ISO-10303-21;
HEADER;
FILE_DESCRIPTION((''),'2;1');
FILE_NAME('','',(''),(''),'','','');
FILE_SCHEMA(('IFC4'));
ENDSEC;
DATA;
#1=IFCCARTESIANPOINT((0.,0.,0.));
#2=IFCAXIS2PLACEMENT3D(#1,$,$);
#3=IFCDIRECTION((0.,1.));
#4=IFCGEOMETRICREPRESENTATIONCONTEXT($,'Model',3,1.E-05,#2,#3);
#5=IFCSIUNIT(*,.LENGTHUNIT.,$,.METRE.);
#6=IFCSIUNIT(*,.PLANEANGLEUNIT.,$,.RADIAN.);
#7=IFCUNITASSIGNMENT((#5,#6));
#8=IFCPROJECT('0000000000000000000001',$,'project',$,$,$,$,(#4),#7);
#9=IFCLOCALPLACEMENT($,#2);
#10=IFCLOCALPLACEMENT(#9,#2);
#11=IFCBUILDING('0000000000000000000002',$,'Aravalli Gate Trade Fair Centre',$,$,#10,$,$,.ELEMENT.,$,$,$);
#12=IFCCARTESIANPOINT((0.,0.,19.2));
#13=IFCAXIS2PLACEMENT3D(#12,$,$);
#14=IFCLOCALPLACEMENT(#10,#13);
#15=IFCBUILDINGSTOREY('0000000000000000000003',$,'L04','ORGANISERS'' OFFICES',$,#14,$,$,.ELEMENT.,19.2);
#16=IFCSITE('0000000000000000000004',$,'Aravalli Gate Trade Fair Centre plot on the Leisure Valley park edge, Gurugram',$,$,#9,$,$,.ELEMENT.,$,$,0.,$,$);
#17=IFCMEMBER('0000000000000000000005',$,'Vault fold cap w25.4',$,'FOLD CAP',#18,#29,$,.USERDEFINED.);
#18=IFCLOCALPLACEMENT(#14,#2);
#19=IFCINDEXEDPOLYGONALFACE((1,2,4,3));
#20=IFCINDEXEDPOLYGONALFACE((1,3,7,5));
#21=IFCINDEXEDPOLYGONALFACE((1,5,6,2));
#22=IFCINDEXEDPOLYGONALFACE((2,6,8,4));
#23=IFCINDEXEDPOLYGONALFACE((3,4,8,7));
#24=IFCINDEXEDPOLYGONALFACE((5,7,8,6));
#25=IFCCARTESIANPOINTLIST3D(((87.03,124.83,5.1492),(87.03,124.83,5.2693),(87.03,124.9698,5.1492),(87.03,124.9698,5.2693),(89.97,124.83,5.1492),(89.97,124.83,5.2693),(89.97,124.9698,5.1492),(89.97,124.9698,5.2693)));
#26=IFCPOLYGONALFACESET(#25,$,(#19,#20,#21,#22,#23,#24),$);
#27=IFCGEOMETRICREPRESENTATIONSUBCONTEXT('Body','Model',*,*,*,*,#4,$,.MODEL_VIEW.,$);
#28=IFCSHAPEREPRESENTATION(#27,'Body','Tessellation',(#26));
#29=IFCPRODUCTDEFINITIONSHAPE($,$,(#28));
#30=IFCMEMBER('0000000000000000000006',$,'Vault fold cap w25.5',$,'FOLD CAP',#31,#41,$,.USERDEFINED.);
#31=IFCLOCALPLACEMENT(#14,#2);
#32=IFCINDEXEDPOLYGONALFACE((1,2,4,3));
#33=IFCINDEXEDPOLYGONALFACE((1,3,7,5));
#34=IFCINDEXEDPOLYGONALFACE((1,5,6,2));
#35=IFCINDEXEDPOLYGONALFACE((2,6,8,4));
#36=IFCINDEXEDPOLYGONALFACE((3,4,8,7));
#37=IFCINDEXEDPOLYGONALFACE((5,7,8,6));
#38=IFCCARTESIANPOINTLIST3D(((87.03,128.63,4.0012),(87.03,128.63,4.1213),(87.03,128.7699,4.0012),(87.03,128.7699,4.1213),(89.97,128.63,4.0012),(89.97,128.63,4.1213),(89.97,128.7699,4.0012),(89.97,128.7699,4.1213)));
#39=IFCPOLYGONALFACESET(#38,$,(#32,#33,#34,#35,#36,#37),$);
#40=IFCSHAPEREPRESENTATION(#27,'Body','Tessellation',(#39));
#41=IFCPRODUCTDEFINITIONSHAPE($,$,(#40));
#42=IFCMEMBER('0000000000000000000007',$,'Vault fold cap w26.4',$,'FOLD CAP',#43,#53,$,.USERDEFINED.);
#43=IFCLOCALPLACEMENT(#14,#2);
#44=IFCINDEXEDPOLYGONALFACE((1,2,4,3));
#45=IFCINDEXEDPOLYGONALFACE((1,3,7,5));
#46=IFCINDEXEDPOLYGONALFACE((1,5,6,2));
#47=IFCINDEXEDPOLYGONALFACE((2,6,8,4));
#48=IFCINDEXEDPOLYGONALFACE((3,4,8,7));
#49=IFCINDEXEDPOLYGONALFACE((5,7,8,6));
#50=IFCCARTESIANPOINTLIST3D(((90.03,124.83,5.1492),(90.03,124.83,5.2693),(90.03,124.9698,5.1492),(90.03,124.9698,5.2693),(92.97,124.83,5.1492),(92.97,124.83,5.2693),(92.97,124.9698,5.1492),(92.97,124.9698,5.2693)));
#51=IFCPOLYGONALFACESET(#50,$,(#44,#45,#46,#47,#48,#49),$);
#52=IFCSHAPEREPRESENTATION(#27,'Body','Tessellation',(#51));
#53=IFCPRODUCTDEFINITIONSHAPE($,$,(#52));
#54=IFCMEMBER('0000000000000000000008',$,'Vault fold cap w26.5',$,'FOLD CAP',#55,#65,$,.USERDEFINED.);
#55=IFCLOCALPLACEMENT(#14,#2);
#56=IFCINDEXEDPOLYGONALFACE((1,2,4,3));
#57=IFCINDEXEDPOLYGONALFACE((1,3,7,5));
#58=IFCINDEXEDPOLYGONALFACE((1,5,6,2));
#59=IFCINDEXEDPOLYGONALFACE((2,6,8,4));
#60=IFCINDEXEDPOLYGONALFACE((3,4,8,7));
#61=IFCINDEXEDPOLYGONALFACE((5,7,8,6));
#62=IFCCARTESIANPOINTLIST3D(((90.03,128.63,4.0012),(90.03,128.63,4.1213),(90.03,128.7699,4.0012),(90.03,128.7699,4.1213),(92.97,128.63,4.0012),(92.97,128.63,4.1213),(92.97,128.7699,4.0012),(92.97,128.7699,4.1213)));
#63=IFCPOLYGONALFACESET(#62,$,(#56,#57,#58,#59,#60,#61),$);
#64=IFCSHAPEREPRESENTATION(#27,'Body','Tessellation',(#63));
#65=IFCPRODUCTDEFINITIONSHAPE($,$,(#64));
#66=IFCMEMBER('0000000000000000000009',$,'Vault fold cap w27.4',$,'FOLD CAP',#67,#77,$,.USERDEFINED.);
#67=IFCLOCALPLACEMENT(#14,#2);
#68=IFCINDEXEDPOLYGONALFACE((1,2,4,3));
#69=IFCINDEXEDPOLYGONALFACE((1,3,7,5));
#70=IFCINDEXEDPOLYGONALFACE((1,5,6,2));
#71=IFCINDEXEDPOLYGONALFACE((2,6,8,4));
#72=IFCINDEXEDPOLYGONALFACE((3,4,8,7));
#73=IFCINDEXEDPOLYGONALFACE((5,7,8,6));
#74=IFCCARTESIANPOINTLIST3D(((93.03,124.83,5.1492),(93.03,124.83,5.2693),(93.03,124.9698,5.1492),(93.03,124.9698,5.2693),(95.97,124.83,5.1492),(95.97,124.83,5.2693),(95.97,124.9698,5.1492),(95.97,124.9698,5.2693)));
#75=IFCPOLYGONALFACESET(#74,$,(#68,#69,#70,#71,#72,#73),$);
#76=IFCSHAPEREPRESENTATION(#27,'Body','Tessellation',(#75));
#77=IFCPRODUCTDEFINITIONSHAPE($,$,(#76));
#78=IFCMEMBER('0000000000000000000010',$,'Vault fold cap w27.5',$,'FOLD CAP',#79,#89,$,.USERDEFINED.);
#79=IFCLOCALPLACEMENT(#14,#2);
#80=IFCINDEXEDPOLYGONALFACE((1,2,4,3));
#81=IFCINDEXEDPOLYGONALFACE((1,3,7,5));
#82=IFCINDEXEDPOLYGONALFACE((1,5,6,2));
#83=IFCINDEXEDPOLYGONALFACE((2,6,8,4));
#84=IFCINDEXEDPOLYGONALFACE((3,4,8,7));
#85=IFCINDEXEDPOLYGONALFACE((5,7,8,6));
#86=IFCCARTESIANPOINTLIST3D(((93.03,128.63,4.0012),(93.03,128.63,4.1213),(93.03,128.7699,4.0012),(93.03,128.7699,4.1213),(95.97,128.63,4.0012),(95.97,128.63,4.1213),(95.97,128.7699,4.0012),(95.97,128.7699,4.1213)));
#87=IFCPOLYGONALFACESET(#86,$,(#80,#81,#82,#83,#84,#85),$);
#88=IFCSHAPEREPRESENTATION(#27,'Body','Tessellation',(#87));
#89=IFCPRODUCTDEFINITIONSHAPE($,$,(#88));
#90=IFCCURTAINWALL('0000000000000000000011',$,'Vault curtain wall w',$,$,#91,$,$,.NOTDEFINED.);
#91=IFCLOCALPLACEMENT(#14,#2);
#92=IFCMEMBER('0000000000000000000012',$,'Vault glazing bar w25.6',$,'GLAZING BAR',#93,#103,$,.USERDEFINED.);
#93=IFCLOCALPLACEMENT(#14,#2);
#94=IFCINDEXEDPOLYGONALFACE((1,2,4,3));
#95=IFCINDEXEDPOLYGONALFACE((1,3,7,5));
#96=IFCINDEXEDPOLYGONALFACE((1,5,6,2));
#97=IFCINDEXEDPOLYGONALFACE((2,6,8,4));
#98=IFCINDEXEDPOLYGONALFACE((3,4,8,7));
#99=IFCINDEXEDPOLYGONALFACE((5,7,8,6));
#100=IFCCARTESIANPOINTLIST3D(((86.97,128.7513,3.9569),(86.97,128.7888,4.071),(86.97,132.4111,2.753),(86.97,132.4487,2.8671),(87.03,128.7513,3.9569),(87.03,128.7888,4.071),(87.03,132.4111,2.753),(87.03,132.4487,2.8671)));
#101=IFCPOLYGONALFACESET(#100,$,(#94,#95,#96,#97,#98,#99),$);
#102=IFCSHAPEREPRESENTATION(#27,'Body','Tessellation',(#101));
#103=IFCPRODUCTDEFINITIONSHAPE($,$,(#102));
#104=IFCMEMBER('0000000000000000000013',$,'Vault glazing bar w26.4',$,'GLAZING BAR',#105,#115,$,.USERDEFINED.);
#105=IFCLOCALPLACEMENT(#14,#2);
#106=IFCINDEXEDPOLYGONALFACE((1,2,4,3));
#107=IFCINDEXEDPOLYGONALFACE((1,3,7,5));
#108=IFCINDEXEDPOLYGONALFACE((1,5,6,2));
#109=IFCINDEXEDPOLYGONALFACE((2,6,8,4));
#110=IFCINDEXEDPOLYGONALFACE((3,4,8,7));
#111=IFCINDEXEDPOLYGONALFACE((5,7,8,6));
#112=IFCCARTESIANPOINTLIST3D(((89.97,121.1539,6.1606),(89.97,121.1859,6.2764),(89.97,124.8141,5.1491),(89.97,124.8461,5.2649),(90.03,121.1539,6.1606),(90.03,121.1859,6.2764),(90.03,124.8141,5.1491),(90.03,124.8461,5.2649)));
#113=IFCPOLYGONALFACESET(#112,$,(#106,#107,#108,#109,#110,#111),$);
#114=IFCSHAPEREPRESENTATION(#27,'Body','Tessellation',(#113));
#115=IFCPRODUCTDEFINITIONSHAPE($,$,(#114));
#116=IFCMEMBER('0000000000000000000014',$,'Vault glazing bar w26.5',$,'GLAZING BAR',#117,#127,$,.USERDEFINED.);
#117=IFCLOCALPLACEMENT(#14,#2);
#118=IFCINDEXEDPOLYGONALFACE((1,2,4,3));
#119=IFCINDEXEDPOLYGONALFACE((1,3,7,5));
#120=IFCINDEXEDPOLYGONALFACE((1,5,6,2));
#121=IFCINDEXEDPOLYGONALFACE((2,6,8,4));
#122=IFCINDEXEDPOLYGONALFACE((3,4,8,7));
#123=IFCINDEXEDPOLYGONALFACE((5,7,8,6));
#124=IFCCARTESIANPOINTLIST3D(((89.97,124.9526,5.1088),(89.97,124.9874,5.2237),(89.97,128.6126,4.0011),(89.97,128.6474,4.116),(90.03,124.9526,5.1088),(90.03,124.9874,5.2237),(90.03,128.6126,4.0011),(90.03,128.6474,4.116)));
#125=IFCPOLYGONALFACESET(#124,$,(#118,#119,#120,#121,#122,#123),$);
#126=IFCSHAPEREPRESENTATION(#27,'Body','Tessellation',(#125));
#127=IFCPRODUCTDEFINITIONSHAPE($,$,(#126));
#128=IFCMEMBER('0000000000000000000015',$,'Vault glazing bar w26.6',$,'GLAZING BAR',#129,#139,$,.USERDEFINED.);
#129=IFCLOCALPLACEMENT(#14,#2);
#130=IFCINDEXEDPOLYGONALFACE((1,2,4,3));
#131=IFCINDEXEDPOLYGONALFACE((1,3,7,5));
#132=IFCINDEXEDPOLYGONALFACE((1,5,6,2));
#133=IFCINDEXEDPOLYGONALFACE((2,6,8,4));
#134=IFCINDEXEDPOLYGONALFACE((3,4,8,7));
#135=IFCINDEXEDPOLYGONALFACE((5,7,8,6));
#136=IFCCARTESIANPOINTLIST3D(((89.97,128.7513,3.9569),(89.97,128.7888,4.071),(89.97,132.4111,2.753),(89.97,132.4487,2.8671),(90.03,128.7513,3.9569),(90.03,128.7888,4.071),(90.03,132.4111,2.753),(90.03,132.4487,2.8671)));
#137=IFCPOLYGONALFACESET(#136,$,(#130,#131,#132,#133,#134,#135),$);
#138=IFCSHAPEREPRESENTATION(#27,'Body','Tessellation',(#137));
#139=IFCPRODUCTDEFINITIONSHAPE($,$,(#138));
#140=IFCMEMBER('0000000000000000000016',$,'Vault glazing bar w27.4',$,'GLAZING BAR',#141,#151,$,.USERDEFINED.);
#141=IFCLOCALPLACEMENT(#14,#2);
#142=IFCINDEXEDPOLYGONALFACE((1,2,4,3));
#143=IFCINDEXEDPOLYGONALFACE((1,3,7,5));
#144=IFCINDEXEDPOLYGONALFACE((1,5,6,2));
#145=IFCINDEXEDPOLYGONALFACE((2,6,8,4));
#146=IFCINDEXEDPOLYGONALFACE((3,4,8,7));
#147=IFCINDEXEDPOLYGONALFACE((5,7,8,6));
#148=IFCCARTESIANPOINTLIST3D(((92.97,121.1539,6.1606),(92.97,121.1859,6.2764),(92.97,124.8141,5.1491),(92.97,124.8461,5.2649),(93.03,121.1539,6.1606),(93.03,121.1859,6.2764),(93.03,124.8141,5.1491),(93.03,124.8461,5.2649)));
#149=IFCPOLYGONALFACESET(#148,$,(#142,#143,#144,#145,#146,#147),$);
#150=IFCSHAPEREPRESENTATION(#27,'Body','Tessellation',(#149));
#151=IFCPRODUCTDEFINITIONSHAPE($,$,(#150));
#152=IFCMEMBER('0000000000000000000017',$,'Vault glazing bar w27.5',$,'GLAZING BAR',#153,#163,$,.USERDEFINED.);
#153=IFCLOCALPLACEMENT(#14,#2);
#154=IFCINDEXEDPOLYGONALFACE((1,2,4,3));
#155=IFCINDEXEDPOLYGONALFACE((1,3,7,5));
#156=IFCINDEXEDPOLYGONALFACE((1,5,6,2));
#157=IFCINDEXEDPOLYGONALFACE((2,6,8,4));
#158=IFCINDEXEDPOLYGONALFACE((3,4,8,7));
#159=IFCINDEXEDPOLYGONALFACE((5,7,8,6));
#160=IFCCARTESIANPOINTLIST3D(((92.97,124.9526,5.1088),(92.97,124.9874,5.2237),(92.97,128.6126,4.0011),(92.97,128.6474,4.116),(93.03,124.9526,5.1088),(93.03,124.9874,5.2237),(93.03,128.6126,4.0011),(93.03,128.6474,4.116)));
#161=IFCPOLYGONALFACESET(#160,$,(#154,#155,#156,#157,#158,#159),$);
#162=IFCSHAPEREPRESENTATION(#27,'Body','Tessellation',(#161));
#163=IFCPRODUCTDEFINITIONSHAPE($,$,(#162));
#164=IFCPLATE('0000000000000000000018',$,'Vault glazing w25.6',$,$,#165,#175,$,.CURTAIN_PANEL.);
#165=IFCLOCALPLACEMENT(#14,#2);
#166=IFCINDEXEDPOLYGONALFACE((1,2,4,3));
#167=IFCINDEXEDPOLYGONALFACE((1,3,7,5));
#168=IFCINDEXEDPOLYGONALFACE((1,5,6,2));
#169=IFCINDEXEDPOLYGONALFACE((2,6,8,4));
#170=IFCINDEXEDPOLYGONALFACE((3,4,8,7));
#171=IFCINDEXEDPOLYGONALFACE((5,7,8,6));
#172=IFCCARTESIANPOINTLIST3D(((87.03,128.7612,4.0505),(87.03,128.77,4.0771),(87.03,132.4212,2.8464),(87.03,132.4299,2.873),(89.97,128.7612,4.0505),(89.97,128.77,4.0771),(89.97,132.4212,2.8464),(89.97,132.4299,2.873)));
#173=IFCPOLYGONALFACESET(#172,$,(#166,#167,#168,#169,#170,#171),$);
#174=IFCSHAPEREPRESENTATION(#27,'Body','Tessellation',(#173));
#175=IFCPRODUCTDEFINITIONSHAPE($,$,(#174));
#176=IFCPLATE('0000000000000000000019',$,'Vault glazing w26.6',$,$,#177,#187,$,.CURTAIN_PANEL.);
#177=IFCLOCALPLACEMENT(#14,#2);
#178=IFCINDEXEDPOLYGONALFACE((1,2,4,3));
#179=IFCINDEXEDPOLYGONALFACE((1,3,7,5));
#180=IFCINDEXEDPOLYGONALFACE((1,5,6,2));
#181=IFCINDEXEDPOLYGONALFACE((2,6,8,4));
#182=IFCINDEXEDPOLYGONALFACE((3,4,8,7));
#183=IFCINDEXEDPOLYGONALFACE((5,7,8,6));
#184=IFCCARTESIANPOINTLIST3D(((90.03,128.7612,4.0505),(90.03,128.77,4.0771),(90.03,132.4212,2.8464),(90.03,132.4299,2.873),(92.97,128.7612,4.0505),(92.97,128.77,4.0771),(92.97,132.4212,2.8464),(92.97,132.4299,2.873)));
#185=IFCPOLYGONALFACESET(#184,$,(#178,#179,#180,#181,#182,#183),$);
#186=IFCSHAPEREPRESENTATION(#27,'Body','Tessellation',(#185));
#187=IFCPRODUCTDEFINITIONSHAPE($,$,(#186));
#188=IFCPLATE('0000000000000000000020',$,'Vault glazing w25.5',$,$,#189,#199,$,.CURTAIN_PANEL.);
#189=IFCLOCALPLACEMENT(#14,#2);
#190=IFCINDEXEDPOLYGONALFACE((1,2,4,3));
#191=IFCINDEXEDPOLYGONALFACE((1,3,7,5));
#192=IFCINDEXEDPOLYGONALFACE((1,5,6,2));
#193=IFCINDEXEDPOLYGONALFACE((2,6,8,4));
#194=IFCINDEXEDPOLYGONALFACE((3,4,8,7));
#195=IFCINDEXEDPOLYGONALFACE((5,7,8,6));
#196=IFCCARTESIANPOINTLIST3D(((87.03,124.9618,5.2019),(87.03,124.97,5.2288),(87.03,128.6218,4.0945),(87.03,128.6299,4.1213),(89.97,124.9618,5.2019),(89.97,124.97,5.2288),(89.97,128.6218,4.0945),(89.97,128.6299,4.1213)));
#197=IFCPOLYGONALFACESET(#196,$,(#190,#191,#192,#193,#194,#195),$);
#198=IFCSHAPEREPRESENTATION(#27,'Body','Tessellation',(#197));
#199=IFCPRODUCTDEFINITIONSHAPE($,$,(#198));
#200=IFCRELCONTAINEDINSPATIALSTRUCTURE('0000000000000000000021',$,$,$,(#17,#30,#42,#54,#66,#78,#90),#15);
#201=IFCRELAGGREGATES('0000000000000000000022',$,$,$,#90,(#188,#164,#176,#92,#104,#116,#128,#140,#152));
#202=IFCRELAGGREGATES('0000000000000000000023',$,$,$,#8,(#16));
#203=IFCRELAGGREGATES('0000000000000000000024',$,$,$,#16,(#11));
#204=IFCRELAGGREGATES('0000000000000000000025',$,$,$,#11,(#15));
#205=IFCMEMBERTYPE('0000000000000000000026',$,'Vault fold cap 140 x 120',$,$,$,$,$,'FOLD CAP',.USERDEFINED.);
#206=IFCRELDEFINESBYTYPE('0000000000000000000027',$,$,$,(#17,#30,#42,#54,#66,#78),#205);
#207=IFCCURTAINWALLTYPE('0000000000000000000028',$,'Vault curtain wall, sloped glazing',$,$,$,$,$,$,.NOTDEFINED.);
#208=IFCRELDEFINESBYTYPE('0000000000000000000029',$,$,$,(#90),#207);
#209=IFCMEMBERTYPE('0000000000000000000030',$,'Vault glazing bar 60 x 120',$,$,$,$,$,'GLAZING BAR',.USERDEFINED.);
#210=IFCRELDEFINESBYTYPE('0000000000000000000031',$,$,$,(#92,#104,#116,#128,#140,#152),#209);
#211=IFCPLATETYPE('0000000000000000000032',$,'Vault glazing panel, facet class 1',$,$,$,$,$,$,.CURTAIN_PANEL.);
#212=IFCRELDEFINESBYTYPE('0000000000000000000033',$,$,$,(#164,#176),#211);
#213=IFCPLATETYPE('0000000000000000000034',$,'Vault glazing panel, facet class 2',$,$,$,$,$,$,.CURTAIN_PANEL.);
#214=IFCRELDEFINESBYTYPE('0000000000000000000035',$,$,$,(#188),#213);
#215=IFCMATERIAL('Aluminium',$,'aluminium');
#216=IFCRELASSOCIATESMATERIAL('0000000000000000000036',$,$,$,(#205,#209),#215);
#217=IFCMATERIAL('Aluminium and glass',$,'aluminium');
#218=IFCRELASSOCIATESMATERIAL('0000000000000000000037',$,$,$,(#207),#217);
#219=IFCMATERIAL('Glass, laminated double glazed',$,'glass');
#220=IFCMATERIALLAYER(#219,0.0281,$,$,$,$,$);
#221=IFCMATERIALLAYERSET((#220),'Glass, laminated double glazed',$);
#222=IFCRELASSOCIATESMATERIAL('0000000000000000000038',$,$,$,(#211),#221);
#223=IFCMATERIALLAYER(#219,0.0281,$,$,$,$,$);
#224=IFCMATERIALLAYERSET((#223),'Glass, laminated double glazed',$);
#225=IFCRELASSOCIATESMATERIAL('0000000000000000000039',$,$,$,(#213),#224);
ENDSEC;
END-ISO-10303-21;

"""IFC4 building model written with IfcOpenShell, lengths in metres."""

from ifc_helpers import new_model, si_unit, direction, frame, origin, origin_2d, place, context, subcontext, project, spatial, polyline, rectangle, outline, extrude, material, layer, layer_set, material_profile, profile_set, type_object, element, aggregate, save


model = new_model("IFC4")

# Units and contexts
model_context = context("Model", 3, precision=1e-05, world=origin(), true_north=direction((0.0, 1.0)))
body_context = subcontext(model_context, "Body", "Model", "MODEL_VIEW")
ifc_project = project(units=[si_unit("LENGTHUNIT", "METRE"), si_unit("PLANEANGLEUNIT", "RADIAN")], contexts=[model_context])

# Site, building, storey
site_placement = place(None, origin())
site = spatial("IfcSite", under=ifc_project, at=site_placement, Name="Aravalli Gate Trade Fair Centre plot on the Leisure Valley park edge, Gurugram", CompositionType="ELEMENT", RefElevation=0.0)
building_placement = place(site_placement, origin())
building = spatial("IfcBuilding", under=site, at=building_placement, Name="Aravalli Gate Trade Fair Centre", CompositionType="ELEMENT")
storey_placement = place(building_placement, frame((0.0, 0.0, 19.2)))
storey = spatial("IfcBuildingStorey", under=building, at=storey_placement, Name="L04", Description="ORGANISERS' OFFICES", CompositionType="ELEMENT", Elevation=19.2)

# Members
ifc_material_1 = material(Name="Aluminium", Category="aluminium")
ifc_material_profile_1 = material_profile(ifc_material_1, rectangle(XDim=0.1399, YDim=0.1201, at=origin_2d()), Name="Vault fold cap 140 x 120")
ifc_profile_set_1 = profile_set([ifc_material_profile_1], Name="Aluminium")
member_type_1 = type_object("IfcMemberType", Name="Vault fold cap 140 x 120", ElementType="FOLD CAP", PredefinedType="USERDEFINED", material=ifc_profile_set_1)
for number, where, z_axis, x_axis, name in (
    (1, (87.03, 124.8999, 5.2092), (1.0, 0.0, 0.0), (0.0, 1.0, 0.0), "Vault fold cap w25.4"),
    (2, (87.03, 128.7, 4.0613), (1.0, 0.0, 0.0), (0.0, 1.0, 0.0), "Vault fold cap w25.5"),
    (3, (90.03, 124.8999, 5.2092), (1.0, 0.0, 0.0), (0.0, 1.0, 0.0), "Vault fold cap w26.4"),
    (4, (90.03, 128.7, 4.0613), (1.0, 0.0, 0.0), (0.0, 1.0, 0.0), "Vault fold cap w26.5"),
    (5, (93.03, 124.8999, 5.2092), (1.0, 0.0, 0.0), (0.0, 1.0, 0.0), "Vault fold cap w27.4"),
    (6, (93.03, 128.7, 4.0613), (1.0, 0.0, 0.0), (0.0, 1.0, 0.0), "Vault fold cap w27.5"),
):
    element("IfcMember", number, at=place(storey_placement, frame(where, z_axis=z_axis, x_axis=x_axis)), inside=storey, type_object=member_type_1, Name=name, ObjectType="FOLD CAP", PredefinedType="USERDEFINED", context=body_context, shape_type="SweptSolid", body=[
        extrude(rectangle(XDim=0.1399, YDim=0.1201, at=origin_2d()), origin(), (0.0, 0.0, 1.0), 2.9399),
    ])

# Curtain wall, members, plates
ifc_material_2 = material(Name="Aluminium and glass", Category="aluminium")
curtain_wall_type = type_object("IfcCurtainWallType", Name="Vault curtain wall, sloped glazing", PredefinedType="NOTDEFINED", material=ifc_material_2)
curtain_wall_placement = place(storey_placement, origin())
curtain_wall = element("IfcCurtainWall", 7, at=curtain_wall_placement, inside=storey, type_object=curtain_wall_type, Name="Vault curtain wall w", PredefinedType="NOTDEFINED")
ifc_material_profile_2 = material_profile(ifc_material_1, rectangle(XDim=0.0601, YDim=0.1201, at=origin_2d()), Name="Vault glazing bar 60 x 120")
ifc_profile_set_2 = profile_set([ifc_material_profile_2], Name="Aluminium")
member_type_2 = type_object("IfcMemberType", Name="Vault glazing bar 60 x 120", ElementType="GLAZING BAR", PredefinedType="USERDEFINED", material=ifc_profile_set_2)
member_1_placement = place(storey_placement, frame((87.0, 128.77, 4.0139), z_axis=(0.0, 0.94993, -0.312461), x_axis=(-1.0, 0.0, 0.0)))
member_1 = element("IfcMember", 8, at=member_1_placement, type_object=member_type_2, Name="Vault glazing bar w25.6", ObjectType="GLAZING BAR", PredefinedType="USERDEFINED", context=body_context, shape_type="SweptSolid", body=[
    extrude(rectangle(XDim=0.0601, YDim=0.1201, at=origin_2d()), origin(), (0.0, 0.0, 1.0), 3.8528),
])
member_2_placement = place(storey_placement, frame((90.0, 121.1699, 6.2185), z_axis=(0.0, 0.963873, -0.266364), x_axis=(-1.0, 0.0, 0.0)))
member_2 = element("IfcMember", 9, at=member_2_placement, type_object=member_type_2, Name="Vault glazing bar w26.4", ObjectType="GLAZING BAR", PredefinedType="USERDEFINED", context=body_context, shape_type="SweptSolid", body=[
    extrude(rectangle(XDim=0.0601, YDim=0.1201, at=origin_2d()), origin(), (0.0, 0.0, 1.0), 3.7974),
])
member_3_placement = place(storey_placement, frame((90.0, 124.97, 5.1663), z_axis=(0.0, 0.957126, -0.289672), x_axis=(-1.0, 0.0, 0.0)))
member_3 = element("IfcMember", 10, at=member_3_placement, type_object=member_type_2, Name="Vault glazing bar w26.5", ObjectType="GLAZING BAR", PredefinedType="USERDEFINED", context=body_context, shape_type="SweptSolid", body=[
    extrude(rectangle(XDim=0.0601, YDim=0.1201, at=origin_2d()), origin(), (0.0, 0.0, 1.0), 3.824),
])
member_4_placement = place(storey_placement, frame((90.0, 128.77, 4.0139), z_axis=(0.0, 0.94993, -0.312461), x_axis=(-1.0, 0.0, 0.0)))
member_4 = element("IfcMember", 11, at=member_4_placement, type_object=member_type_2, Name="Vault glazing bar w26.6", ObjectType="GLAZING BAR", PredefinedType="USERDEFINED", context=body_context, shape_type="SweptSolid", body=[
    extrude(rectangle(XDim=0.0601, YDim=0.1201, at=origin_2d()), origin(), (0.0, 0.0, 1.0), 3.8528),
])
member_5_placement = place(storey_placement, frame((93.0, 121.1699, 6.2185), z_axis=(0.0, 0.963873, -0.266364), x_axis=(-1.0, 0.0, 0.0)))
member_5 = element("IfcMember", 12, at=member_5_placement, type_object=member_type_2, Name="Vault glazing bar w27.4", ObjectType="GLAZING BAR", PredefinedType="USERDEFINED", context=body_context, shape_type="SweptSolid", body=[
    extrude(rectangle(XDim=0.0601, YDim=0.1201, at=origin_2d()), origin(), (0.0, 0.0, 1.0), 3.7974),
])
member_6_placement = place(storey_placement, frame((93.0, 124.97, 5.1663), z_axis=(0.0, 0.957126, -0.289672), x_axis=(-1.0, 0.0, 0.0)))
member_6 = element("IfcMember", 13, at=member_6_placement, type_object=member_type_2, Name="Vault glazing bar w27.5", ObjectType="GLAZING BAR", PredefinedType="USERDEFINED", context=body_context, shape_type="SweptSolid", body=[
    extrude(rectangle(XDim=0.0601, YDim=0.1201, at=origin_2d()), origin(), (0.0, 0.0, 1.0), 3.824),
])
ifc_material_3 = material(Name="Glass, laminated double glazed", Category="glass")
ifc_layer_1 = layer(ifc_material_3, 0.0281)
ifc_layer_set_1 = layer_set([ifc_layer_1], Name="Glass, laminated double glazed")
plate_type_1 = type_object("IfcPlateType", Name="Vault glazing panel, facet class 1", PredefinedType="CURTAIN_PANEL", material=ifc_layer_set_1)
plate_1_placement = place(storey_placement, frame((87.03, 128.77, 4.0771), z_axis=(0.0, 0.312518, 0.949912), x_axis=(1.0, 0.0, 0.0)))
plate_1 = element("IfcPlate", 14, at=plate_1_placement, type_object=plate_type_1, Name="Vault glazing w25.6", PredefinedType="CURTAIN_PANEL", context=body_context, shape_type="SweptSolid", body=[
    extrude(outline(polyline([(0.0, 0.0), (2.9399, 0.0), (2.9399, 3.8529), (0.0, 3.8529), (0.0, 0.0)])), origin(), (0.0, 0.0, -1.0), 0.0281),
])
plate_2_placement = place(storey_placement, frame((90.03, 128.77, 4.0771), z_axis=(0.0, 0.312518, 0.949912), x_axis=(1.0, 0.0, 0.0)))
plate_2 = element("IfcPlate", 15, at=plate_2_placement, type_object=plate_type_1, Name="Vault glazing w26.6", PredefinedType="CURTAIN_PANEL", context=body_context, shape_type="SweptSolid", body=[
    extrude(outline(polyline([(0.0, 0.0), (2.9399, 0.0), (2.9399, 3.8529), (0.0, 3.8529), (0.0, 0.0)])), origin(), (0.0, 0.0, -1.0), 0.0281),
])
ifc_layer_2 = layer(ifc_material_3, 0.0281)
ifc_layer_set_2 = layer_set([ifc_layer_2], Name="Glass, laminated double glazed")
plate_type_2 = type_object("IfcPlateType", Name="Vault glazing panel, facet class 2", PredefinedType="CURTAIN_PANEL", material=ifc_layer_set_2)
plate_3_placement = place(storey_placement, frame((87.03, 124.97, 5.2288), z_axis=(0.0, 0.289614, 0.957144), x_axis=(1.0, 0.0, 0.0)))
plate_3 = element("IfcPlate", 16, at=plate_3_placement, type_object=plate_type_2, Name="Vault glazing w25.5", PredefinedType="CURTAIN_PANEL", context=body_context, shape_type="SweptSolid", body=[
    extrude(outline(polyline([(0.0, 0.0), (2.9399, 0.0), (2.9399, 3.8238), (0.0, 3.8238), (0.0, 0.0)])), origin(), (0.0, 0.0, -1.0), 0.0281),
])
aggregate(curtain_wall, [plate_3, plate_1, plate_2, member_1, member_2, member_3, member_4, member_5, member_6])

save(model, "model.ifc")
